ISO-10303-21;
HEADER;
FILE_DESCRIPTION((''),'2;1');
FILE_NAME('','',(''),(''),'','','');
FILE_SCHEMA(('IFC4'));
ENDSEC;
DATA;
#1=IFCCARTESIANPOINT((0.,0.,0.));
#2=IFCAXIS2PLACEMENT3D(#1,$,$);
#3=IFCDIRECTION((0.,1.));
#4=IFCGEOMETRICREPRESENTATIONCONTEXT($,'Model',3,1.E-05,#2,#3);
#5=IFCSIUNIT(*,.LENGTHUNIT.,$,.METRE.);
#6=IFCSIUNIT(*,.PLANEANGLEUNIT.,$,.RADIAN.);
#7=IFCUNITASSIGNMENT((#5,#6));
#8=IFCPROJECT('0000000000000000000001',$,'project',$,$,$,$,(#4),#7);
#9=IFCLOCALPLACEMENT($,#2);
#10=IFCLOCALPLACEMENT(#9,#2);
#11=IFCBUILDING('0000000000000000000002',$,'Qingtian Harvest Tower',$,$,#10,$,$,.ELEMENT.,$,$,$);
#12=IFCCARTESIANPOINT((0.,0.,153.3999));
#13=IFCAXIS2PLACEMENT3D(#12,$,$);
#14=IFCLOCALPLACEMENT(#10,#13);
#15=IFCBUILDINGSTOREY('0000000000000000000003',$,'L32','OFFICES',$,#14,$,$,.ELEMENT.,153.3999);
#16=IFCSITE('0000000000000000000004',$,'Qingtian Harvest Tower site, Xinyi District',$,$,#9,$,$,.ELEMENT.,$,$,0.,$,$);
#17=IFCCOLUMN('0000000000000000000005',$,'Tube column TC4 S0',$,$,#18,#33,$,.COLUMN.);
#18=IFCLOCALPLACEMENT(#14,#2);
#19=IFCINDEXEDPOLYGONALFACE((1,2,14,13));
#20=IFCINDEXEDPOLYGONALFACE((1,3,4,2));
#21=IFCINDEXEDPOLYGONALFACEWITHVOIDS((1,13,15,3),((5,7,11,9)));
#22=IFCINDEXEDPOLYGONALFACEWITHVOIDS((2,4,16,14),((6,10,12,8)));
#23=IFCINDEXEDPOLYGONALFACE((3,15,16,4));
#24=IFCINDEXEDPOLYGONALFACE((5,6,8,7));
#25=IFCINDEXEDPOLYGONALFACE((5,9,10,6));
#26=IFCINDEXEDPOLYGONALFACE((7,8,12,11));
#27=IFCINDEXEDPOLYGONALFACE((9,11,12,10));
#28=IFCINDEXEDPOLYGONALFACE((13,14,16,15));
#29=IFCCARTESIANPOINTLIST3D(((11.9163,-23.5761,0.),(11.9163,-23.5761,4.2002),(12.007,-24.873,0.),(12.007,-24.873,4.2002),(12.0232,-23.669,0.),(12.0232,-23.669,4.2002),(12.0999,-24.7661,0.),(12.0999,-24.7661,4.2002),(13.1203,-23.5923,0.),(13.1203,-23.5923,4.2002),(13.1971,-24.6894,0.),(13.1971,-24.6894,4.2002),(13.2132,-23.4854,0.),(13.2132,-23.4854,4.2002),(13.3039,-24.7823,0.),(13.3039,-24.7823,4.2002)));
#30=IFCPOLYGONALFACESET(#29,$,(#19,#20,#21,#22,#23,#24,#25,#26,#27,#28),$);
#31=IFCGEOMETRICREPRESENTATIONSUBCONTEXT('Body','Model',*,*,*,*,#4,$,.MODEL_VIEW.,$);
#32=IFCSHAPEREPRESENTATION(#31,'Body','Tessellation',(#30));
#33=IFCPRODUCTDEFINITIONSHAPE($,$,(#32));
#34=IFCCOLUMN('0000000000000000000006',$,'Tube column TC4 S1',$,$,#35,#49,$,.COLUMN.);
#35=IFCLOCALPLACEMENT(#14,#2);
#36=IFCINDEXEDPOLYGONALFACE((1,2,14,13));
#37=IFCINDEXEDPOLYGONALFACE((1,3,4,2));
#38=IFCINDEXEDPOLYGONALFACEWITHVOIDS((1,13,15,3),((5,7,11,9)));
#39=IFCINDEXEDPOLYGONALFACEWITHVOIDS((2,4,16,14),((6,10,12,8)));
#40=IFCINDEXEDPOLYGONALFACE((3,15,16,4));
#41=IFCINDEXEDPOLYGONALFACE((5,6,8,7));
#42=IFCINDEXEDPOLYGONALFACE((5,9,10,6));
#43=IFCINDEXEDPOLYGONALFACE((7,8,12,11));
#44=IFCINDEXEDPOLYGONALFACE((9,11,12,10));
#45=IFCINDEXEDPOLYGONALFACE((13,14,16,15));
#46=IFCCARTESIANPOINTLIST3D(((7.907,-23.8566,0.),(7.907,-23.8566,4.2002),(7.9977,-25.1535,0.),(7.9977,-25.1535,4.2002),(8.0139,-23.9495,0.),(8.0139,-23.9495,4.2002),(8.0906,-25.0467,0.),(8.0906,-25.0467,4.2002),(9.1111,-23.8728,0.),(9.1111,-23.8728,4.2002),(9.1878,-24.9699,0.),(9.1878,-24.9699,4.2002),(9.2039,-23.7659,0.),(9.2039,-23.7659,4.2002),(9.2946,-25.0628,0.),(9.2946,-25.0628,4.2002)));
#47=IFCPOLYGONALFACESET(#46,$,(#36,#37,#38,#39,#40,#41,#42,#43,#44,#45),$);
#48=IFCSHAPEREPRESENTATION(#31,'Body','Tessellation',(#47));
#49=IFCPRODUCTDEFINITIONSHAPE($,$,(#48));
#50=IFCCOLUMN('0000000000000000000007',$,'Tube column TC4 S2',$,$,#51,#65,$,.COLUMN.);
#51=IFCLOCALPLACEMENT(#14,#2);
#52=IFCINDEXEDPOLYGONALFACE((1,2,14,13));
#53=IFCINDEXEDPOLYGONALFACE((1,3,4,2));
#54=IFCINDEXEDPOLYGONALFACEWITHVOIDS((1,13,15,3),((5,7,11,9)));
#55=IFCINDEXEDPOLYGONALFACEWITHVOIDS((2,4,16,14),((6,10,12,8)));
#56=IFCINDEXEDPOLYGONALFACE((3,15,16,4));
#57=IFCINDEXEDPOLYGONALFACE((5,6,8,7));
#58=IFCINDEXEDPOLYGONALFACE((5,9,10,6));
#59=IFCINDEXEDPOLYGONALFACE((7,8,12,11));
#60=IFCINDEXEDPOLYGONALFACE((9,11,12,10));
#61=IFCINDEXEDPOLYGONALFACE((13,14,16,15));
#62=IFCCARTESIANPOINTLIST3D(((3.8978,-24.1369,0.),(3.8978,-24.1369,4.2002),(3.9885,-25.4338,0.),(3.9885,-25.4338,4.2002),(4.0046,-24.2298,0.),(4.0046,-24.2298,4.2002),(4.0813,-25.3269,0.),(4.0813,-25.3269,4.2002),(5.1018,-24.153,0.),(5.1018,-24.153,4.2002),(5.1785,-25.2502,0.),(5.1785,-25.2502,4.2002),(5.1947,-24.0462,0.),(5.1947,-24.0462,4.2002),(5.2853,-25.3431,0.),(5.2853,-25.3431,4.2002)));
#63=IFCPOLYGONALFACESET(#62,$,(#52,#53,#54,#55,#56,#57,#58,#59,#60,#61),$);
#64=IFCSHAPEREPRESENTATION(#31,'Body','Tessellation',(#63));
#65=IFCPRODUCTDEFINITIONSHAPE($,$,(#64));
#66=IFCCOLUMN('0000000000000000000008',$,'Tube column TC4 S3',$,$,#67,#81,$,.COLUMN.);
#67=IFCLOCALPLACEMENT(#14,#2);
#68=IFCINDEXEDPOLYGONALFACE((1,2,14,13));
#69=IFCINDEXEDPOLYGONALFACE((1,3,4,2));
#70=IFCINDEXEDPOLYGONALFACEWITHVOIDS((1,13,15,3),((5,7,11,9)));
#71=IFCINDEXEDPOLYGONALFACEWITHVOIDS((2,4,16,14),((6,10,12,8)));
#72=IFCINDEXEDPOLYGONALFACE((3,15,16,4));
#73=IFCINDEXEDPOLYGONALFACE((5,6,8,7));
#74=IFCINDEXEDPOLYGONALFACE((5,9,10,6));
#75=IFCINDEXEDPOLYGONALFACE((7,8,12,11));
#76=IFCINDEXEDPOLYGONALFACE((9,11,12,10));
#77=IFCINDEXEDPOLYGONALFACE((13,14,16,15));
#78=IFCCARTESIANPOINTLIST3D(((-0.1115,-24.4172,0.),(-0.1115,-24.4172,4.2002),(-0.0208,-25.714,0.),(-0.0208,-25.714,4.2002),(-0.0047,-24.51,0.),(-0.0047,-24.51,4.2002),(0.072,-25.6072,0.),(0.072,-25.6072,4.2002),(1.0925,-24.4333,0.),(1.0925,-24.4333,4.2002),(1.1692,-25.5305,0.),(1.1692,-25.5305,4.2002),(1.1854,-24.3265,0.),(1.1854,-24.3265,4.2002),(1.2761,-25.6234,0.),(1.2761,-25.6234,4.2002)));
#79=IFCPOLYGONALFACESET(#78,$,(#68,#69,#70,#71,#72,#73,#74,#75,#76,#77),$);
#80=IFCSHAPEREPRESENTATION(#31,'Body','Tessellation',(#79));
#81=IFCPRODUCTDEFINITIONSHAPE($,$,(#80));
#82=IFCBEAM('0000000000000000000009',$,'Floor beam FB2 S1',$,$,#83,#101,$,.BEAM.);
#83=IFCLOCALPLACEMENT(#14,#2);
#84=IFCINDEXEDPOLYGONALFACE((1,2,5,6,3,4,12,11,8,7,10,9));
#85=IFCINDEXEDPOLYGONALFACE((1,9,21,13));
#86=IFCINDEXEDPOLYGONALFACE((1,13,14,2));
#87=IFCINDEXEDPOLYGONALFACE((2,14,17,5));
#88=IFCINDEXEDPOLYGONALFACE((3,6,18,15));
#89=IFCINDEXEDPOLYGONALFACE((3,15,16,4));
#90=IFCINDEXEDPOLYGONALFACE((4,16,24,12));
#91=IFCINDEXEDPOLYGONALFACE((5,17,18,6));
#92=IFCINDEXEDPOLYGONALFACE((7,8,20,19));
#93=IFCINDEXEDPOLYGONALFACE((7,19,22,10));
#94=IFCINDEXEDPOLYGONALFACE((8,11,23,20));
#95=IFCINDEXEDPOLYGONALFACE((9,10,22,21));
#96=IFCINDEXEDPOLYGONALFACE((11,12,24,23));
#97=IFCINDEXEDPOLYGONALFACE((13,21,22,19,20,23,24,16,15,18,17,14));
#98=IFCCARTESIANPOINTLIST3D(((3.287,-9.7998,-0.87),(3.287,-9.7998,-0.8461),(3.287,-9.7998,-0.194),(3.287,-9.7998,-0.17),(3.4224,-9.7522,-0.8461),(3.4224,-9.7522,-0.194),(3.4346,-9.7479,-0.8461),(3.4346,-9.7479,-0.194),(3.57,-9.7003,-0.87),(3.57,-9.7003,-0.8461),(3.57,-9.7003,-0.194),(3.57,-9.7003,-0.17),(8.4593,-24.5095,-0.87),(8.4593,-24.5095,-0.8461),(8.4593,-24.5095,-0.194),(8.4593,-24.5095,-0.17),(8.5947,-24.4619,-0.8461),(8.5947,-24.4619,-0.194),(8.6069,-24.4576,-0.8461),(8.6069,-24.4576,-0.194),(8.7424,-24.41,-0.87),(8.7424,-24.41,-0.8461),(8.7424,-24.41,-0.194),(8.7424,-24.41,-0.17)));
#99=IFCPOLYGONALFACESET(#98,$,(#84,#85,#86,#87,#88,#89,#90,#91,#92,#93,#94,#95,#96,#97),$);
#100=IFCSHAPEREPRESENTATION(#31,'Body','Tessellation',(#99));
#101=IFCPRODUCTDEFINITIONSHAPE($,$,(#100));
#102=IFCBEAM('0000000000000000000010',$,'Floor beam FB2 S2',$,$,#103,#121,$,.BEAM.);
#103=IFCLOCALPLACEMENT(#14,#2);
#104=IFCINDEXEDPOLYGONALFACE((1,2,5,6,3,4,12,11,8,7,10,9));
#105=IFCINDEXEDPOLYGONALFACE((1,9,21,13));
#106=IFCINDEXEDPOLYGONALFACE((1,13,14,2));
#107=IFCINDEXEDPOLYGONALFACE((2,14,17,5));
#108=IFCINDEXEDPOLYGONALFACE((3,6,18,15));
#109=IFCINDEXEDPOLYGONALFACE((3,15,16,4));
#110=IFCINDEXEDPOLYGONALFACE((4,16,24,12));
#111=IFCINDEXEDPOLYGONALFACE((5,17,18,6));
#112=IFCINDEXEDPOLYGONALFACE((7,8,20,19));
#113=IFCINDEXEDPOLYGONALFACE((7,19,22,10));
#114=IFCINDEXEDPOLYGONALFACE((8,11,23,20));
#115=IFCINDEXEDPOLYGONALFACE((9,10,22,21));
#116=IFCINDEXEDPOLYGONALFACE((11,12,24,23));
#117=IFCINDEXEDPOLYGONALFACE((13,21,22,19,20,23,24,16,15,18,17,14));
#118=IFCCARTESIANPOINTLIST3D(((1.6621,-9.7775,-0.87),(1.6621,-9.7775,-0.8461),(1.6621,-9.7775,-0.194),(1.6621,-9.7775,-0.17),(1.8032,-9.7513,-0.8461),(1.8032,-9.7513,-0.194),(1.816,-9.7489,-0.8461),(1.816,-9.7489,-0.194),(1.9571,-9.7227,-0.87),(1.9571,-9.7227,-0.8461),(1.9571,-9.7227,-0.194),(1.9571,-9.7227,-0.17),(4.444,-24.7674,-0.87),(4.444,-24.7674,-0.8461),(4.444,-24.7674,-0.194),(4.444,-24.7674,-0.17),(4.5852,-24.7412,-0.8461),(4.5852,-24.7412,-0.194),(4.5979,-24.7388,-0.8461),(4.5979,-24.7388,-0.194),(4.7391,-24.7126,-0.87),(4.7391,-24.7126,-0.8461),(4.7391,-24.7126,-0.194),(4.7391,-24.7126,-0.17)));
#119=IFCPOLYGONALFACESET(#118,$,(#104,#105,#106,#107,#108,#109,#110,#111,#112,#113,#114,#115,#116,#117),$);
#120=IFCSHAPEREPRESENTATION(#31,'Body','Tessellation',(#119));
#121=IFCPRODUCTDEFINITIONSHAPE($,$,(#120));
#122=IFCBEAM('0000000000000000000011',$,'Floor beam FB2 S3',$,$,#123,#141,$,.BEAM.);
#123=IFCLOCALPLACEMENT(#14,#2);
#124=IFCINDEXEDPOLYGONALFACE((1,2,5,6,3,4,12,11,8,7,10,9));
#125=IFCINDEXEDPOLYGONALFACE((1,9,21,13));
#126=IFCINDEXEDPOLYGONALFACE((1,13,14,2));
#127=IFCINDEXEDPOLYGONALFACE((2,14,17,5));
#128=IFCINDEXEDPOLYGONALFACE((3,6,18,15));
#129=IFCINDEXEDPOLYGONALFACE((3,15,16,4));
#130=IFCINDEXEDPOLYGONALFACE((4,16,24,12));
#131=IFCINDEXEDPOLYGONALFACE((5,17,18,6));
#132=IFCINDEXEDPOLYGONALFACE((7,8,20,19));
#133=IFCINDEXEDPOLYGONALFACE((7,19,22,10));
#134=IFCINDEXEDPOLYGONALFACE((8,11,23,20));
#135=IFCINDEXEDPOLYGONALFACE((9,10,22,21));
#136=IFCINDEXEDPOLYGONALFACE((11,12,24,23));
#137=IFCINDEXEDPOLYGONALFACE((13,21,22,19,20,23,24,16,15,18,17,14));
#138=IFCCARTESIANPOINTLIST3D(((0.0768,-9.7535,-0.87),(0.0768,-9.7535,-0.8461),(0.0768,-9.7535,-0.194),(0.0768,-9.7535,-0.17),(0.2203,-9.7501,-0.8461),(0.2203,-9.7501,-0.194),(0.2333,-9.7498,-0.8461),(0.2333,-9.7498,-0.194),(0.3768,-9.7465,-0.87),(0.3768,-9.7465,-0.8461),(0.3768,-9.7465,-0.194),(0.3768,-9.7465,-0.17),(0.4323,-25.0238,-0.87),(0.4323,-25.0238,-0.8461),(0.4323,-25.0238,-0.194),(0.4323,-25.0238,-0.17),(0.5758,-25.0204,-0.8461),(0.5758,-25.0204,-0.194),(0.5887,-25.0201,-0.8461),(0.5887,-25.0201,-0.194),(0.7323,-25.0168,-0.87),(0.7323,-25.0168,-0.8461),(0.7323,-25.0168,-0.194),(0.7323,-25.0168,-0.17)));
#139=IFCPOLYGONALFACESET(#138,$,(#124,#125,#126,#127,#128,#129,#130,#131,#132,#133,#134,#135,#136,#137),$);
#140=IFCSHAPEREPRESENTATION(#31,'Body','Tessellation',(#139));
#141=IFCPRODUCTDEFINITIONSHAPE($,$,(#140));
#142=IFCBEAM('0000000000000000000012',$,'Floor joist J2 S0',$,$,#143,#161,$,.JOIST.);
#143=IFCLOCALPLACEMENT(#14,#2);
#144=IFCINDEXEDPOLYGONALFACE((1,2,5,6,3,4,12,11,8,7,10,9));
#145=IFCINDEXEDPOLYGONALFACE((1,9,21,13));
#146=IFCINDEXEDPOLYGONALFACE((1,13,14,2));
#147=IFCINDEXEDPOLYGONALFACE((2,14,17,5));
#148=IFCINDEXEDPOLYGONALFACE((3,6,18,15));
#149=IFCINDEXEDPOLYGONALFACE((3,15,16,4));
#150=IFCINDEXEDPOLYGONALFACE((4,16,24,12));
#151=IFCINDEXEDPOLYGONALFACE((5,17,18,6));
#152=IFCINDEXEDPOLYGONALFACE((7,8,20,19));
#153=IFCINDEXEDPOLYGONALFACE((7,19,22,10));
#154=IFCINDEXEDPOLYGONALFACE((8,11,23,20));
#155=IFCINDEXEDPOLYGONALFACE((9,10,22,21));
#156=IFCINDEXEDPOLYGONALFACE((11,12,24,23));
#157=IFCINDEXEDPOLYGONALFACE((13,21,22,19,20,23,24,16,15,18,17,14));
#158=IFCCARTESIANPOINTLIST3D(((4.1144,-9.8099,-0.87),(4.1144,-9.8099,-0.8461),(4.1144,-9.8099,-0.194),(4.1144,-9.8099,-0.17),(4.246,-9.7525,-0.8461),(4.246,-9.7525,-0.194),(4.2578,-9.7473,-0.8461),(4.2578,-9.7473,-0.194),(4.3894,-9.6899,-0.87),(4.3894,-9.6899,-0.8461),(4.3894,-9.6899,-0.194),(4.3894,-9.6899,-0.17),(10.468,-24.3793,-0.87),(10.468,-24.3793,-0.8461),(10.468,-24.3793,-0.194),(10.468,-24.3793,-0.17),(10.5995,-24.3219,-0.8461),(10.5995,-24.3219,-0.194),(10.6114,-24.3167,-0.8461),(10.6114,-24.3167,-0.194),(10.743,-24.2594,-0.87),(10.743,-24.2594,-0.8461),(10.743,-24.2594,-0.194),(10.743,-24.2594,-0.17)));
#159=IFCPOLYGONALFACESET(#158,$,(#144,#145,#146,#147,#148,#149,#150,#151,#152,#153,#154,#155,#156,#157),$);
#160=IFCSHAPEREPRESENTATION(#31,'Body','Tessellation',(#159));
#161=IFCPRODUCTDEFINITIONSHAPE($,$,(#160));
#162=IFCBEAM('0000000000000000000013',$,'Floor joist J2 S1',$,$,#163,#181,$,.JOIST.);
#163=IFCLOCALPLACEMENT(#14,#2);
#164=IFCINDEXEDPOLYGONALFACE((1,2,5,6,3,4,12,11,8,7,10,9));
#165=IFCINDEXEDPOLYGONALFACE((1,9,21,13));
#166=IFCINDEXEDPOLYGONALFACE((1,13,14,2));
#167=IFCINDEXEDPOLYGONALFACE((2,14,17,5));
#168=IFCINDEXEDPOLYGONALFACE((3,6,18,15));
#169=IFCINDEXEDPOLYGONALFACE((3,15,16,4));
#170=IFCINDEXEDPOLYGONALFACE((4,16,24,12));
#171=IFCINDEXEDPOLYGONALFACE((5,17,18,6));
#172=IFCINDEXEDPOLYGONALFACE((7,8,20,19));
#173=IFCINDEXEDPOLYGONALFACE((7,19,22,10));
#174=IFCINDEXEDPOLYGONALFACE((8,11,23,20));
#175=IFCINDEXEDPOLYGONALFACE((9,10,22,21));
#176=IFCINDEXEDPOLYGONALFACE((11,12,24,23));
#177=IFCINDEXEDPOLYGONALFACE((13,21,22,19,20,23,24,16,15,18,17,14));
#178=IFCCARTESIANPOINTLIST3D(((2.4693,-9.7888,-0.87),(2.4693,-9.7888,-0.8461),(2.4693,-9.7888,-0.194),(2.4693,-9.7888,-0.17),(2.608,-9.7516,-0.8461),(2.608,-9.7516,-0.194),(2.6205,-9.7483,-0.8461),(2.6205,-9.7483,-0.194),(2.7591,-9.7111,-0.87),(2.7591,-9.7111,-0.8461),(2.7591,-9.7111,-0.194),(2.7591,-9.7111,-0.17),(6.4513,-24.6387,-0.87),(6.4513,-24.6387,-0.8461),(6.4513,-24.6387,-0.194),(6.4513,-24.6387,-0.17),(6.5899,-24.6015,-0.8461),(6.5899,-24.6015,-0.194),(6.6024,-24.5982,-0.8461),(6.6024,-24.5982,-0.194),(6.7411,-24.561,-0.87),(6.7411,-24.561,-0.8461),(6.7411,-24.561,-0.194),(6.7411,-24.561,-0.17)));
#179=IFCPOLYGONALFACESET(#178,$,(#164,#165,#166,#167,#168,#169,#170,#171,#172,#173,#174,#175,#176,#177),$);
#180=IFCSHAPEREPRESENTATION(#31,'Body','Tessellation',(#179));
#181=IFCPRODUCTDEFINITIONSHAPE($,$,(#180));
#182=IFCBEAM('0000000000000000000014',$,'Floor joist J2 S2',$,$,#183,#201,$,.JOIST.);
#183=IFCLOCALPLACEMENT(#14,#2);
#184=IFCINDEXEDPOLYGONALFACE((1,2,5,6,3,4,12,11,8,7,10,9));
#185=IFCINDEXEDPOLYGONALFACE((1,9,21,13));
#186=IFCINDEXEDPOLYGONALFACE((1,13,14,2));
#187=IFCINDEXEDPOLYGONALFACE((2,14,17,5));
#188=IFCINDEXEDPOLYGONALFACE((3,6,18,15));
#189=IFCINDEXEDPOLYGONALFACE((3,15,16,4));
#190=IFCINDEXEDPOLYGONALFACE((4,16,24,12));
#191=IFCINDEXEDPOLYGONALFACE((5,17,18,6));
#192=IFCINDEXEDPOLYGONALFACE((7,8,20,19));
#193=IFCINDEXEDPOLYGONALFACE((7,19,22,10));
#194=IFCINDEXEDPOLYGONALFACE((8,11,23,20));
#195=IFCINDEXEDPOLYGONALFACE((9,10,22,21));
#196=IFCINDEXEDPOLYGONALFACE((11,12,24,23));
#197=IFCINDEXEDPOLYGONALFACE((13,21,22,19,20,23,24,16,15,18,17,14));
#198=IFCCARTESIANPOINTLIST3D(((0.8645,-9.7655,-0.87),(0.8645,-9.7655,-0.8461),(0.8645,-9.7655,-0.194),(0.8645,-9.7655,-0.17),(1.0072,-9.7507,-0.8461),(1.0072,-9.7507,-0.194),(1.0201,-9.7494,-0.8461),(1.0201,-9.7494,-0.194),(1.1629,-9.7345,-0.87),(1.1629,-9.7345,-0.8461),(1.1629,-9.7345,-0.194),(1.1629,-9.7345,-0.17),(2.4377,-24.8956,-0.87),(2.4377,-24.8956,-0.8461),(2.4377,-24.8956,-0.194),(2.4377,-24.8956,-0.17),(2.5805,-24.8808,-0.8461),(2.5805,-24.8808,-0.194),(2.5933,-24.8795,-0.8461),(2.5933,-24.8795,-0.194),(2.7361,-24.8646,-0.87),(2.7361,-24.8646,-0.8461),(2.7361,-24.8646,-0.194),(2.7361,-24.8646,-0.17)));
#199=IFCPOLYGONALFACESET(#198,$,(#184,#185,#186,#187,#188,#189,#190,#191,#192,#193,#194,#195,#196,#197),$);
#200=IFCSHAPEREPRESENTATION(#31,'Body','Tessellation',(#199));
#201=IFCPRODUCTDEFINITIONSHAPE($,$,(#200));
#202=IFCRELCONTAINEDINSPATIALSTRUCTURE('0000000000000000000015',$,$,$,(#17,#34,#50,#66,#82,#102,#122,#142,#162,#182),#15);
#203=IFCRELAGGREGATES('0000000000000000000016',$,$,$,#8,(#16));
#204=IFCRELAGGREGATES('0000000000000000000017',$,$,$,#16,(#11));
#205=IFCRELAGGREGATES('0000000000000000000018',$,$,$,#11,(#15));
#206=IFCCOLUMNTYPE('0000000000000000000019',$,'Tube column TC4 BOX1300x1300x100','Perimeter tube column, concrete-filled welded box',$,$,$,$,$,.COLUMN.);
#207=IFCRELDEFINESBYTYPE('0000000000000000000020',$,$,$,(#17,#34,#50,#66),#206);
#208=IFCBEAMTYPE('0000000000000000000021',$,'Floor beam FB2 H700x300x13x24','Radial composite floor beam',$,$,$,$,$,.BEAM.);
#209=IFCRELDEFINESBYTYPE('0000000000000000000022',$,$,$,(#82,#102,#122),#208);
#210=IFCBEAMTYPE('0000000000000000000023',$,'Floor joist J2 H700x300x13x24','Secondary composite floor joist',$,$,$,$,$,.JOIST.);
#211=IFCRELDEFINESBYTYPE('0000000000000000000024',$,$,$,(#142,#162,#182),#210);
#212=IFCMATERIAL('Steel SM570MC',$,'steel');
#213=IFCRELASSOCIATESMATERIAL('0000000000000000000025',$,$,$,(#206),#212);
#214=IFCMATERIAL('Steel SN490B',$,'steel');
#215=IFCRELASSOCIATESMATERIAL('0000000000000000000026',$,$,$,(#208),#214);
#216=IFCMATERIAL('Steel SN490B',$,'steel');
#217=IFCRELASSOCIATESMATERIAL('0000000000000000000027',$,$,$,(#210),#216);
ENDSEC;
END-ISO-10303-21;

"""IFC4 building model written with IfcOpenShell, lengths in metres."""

from ifc_helpers import new_model, si_unit, direction, frame, origin, origin_2d, place, context, subcontext, project, spatial, hollow_rectangle, i_section, extrude, material, material_profile, profile_set, type_object, element, save


model = new_model("IFC4")

# Units and contexts
model_context = context("Model", 3, precision=1e-05, world=origin(), true_north=direction((0.0, 1.0)))
body_context = subcontext(model_context, "Body", "Model", "MODEL_VIEW")
ifc_project = project(units=[si_unit("LENGTHUNIT", "METRE"), si_unit("PLANEANGLEUNIT", "RADIAN")], contexts=[model_context])

# Site, building, storey
site_placement = place(None, origin())
site = spatial("IfcSite", under=ifc_project, at=site_placement, Name="Qingtian Harvest Tower site, Xinyi District", CompositionType="ELEMENT", RefElevation=0.0)
building_placement = place(site_placement, origin())
building = spatial("IfcBuilding", under=site, at=building_placement, Name="Qingtian Harvest Tower", CompositionType="ELEMENT")
storey_placement = place(building_placement, frame((0.0, 0.0, 153.3999)))
storey = spatial("IfcBuildingStorey", under=building, at=storey_placement, Name="L32", Description="OFFICES", CompositionType="ELEMENT", Elevation=153.3999)

# Columns
ifc_material_1 = material(Name="Steel SM570MC", Category="steel")
ifc_material_profile_1 = material_profile(ifc_material_1, hollow_rectangle(XDim=1.3, YDim=1.3, WallThickness=0.1001, at=origin_2d()), Name="BOX1300x1300x100")
ifc_profile_set_1 = profile_set([ifc_material_profile_1], Name="Steel SM570MC")
column_type = type_object("IfcColumnType", Name="Tube column TC4 BOX1300x1300x100", Description="Perimeter tube column, concrete-filled welded box", PredefinedType="COLUMN", material=ifc_profile_set_1)
for number, where, z_axis, x_axis, name in (
    (1, (12.6101, -24.1792, 0.0), (0.0, 0.0, 1.0), (0.997564, 0.069756, 0.0), "Tube column TC4 S0"),
    (2, (8.6008, -24.4597, 0.0), (0.0, 0.0, 1.0), (0.997564, 0.069756, 0.0), "Tube column TC4 S1"),
    (3, (4.5916, -24.74, 0.0), (0.0, 0.0, 1.0), (0.997564, 0.069756, 0.0), "Tube column TC4 S2"),
    (4, (0.5823, -25.0203, 0.0), (0.0, 0.0, 1.0), (0.997564, 0.069756, 0.0), "Tube column TC4 S3"),
):
    element("IfcColumn", number, at=place(storey_placement, frame(where, z_axis=z_axis, x_axis=x_axis)), inside=storey, type_object=column_type, Name=name, PredefinedType="COLUMN", context=body_context, shape_type="SweptSolid", body=[
        extrude(hollow_rectangle(XDim=1.3, YDim=1.3, WallThickness=0.1001, at=origin_2d()), origin(), (0.0, 0.0, 1.0), 4.2002),
    ])

# Beams
ifc_material_2 = material(Name="Steel SN490B", Category="steel")
ifc_material_profile_2 = material_profile(ifc_material_2, i_section(OverallWidth=0.3, OverallDepth=0.7, WebThickness=0.0129, FlangeThickness=0.0239, at=origin_2d()), Name="H700x300x13x24")
ifc_profile_set_2 = profile_set([ifc_material_profile_2], Name="Steel SN490B")
beam_type_1 = type_object("IfcBeamType", Name="Floor beam FB2 H700x300x13x24", Description="Radial composite floor beam", PredefinedType="BEAM", material=ifc_profile_set_2)
beam_1_placement = place(storey_placement, frame((8.6008, -24.4597, -0.52), z_axis=(-0.331719, 0.943378, 0.0), x_axis=(-0.943378, -0.331719, 0.0)))
element("IfcBeam", 5, at=beam_1_placement, inside=storey, type_object=beam_type_1, Name="Floor beam FB2 S1", PredefinedType="BEAM", context=body_context, shape_type="SweptSolid", body=[
    extrude(i_section(OverallWidth=0.3, OverallDepth=0.7, WebThickness=0.0129, FlangeThickness=0.0239, at=origin_2d()), origin(), (0.0, 0.0, 1.0), 15.5925),
])
beam_2_placement = place(storey_placement, frame((4.5916, -24.74, -0.52), z_axis=(-0.182473, 0.983211, 0.0), x_axis=(-0.983211, -0.182473, 0.0)))
element("IfcBeam", 6, at=beam_2_placement, inside=storey, type_object=beam_type_1, Name="Floor beam FB2 S2", PredefinedType="BEAM", context=body_context, shape_type="SweptSolid", body=[
    extrude(i_section(OverallWidth=0.3, OverallDepth=0.7, WebThickness=0.0129, FlangeThickness=0.0239, at=origin_2d()), origin(), (0.0, 0.0, 1.0), 15.2458),
])
beam_3_placement = place(storey_placement, frame((0.5823, -25.0203, -0.52), z_axis=(-0.023272, 0.999729, 0.0), x_axis=(-0.999729, -0.023272, 0.0)))
element("IfcBeam", 7, at=beam_3_placement, inside=storey, type_object=beam_type_1, Name="Floor beam FB2 S3", PredefinedType="BEAM", context=body_context, shape_type="SweptSolid", body=[
    extrude(i_section(OverallWidth=0.3, OverallDepth=0.7, WebThickness=0.0129, FlangeThickness=0.0239, at=origin_2d()), origin(), (0.0, 0.0, 1.0), 15.2744),
])
ifc_material_3 = material(Name="Steel SN490B", Category="steel")
ifc_material_profile_3 = material_profile(ifc_material_3, i_section(OverallWidth=0.3, OverallDepth=0.7, WebThickness=0.0129, FlangeThickness=0.0239, at=origin_2d()), Name="H700x300x13x24")
ifc_profile_set_3 = profile_set([ifc_material_profile_3], Name="Steel SN490B")
beam_type_2 = type_object("IfcBeamType", Name="Floor joist J2 H700x300x13x24", Description="Secondary composite floor joist", PredefinedType="JOIST", material=ifc_profile_set_3)
beam_4_placement = place(storey_placement, frame((10.6055, -24.3193, -0.52), z_axis=(-0.399732, 0.916632, 0.0), x_axis=(-0.916632, -0.399732, 0.0)))
element("IfcBeam", 8, at=beam_4_placement, inside=storey, type_object=beam_type_2, Name="Floor joist J2 S0", PredefinedType="JOIST", context=body_context, shape_type="SweptSolid", body=[
    extrude(i_section(OverallWidth=0.3, OverallDepth=0.7, WebThickness=0.0129, FlangeThickness=0.0239, at=origin_2d()), origin(), (0.0, 0.0, 1.0), 15.8945),
])
beam_5_placement = place(storey_placement, frame((6.5962, -24.5999, -0.52), z_axis=(-0.258997, 0.965878, 0.0), x_axis=(-0.965878, -0.258997, 0.0)))
element("IfcBeam", 9, at=beam_5_placement, inside=storey, type_object=beam_type_2, Name="Floor joist J2 S1", PredefinedType="JOIST", context=body_context, shape_type="SweptSolid", body=[
    extrude(i_section(OverallWidth=0.3, OverallDepth=0.7, WebThickness=0.0129, FlangeThickness=0.0239, at=origin_2d()), origin(), (0.0, 0.0, 1.0), 15.3745),
])
beam_6_placement = place(storey_placement, frame((2.5869, -24.8801, -0.52), z_axis=(-0.103423, 0.994637, 0.0), x_axis=(-0.994637, -0.103423, 0.0)))
element("IfcBeam", 10, at=beam_6_placement, inside=storey, type_object=beam_type_2, Name="Floor joist J2 S2", PredefinedType="JOIST", context=body_context, shape_type="SweptSolid", body=[
    extrude(i_section(OverallWidth=0.3, OverallDepth=0.7, WebThickness=0.0129, FlangeThickness=0.0239, at=origin_2d()), origin(), (0.0, 0.0, 1.0), 15.2117),
])

save(model, "model.ifc")
